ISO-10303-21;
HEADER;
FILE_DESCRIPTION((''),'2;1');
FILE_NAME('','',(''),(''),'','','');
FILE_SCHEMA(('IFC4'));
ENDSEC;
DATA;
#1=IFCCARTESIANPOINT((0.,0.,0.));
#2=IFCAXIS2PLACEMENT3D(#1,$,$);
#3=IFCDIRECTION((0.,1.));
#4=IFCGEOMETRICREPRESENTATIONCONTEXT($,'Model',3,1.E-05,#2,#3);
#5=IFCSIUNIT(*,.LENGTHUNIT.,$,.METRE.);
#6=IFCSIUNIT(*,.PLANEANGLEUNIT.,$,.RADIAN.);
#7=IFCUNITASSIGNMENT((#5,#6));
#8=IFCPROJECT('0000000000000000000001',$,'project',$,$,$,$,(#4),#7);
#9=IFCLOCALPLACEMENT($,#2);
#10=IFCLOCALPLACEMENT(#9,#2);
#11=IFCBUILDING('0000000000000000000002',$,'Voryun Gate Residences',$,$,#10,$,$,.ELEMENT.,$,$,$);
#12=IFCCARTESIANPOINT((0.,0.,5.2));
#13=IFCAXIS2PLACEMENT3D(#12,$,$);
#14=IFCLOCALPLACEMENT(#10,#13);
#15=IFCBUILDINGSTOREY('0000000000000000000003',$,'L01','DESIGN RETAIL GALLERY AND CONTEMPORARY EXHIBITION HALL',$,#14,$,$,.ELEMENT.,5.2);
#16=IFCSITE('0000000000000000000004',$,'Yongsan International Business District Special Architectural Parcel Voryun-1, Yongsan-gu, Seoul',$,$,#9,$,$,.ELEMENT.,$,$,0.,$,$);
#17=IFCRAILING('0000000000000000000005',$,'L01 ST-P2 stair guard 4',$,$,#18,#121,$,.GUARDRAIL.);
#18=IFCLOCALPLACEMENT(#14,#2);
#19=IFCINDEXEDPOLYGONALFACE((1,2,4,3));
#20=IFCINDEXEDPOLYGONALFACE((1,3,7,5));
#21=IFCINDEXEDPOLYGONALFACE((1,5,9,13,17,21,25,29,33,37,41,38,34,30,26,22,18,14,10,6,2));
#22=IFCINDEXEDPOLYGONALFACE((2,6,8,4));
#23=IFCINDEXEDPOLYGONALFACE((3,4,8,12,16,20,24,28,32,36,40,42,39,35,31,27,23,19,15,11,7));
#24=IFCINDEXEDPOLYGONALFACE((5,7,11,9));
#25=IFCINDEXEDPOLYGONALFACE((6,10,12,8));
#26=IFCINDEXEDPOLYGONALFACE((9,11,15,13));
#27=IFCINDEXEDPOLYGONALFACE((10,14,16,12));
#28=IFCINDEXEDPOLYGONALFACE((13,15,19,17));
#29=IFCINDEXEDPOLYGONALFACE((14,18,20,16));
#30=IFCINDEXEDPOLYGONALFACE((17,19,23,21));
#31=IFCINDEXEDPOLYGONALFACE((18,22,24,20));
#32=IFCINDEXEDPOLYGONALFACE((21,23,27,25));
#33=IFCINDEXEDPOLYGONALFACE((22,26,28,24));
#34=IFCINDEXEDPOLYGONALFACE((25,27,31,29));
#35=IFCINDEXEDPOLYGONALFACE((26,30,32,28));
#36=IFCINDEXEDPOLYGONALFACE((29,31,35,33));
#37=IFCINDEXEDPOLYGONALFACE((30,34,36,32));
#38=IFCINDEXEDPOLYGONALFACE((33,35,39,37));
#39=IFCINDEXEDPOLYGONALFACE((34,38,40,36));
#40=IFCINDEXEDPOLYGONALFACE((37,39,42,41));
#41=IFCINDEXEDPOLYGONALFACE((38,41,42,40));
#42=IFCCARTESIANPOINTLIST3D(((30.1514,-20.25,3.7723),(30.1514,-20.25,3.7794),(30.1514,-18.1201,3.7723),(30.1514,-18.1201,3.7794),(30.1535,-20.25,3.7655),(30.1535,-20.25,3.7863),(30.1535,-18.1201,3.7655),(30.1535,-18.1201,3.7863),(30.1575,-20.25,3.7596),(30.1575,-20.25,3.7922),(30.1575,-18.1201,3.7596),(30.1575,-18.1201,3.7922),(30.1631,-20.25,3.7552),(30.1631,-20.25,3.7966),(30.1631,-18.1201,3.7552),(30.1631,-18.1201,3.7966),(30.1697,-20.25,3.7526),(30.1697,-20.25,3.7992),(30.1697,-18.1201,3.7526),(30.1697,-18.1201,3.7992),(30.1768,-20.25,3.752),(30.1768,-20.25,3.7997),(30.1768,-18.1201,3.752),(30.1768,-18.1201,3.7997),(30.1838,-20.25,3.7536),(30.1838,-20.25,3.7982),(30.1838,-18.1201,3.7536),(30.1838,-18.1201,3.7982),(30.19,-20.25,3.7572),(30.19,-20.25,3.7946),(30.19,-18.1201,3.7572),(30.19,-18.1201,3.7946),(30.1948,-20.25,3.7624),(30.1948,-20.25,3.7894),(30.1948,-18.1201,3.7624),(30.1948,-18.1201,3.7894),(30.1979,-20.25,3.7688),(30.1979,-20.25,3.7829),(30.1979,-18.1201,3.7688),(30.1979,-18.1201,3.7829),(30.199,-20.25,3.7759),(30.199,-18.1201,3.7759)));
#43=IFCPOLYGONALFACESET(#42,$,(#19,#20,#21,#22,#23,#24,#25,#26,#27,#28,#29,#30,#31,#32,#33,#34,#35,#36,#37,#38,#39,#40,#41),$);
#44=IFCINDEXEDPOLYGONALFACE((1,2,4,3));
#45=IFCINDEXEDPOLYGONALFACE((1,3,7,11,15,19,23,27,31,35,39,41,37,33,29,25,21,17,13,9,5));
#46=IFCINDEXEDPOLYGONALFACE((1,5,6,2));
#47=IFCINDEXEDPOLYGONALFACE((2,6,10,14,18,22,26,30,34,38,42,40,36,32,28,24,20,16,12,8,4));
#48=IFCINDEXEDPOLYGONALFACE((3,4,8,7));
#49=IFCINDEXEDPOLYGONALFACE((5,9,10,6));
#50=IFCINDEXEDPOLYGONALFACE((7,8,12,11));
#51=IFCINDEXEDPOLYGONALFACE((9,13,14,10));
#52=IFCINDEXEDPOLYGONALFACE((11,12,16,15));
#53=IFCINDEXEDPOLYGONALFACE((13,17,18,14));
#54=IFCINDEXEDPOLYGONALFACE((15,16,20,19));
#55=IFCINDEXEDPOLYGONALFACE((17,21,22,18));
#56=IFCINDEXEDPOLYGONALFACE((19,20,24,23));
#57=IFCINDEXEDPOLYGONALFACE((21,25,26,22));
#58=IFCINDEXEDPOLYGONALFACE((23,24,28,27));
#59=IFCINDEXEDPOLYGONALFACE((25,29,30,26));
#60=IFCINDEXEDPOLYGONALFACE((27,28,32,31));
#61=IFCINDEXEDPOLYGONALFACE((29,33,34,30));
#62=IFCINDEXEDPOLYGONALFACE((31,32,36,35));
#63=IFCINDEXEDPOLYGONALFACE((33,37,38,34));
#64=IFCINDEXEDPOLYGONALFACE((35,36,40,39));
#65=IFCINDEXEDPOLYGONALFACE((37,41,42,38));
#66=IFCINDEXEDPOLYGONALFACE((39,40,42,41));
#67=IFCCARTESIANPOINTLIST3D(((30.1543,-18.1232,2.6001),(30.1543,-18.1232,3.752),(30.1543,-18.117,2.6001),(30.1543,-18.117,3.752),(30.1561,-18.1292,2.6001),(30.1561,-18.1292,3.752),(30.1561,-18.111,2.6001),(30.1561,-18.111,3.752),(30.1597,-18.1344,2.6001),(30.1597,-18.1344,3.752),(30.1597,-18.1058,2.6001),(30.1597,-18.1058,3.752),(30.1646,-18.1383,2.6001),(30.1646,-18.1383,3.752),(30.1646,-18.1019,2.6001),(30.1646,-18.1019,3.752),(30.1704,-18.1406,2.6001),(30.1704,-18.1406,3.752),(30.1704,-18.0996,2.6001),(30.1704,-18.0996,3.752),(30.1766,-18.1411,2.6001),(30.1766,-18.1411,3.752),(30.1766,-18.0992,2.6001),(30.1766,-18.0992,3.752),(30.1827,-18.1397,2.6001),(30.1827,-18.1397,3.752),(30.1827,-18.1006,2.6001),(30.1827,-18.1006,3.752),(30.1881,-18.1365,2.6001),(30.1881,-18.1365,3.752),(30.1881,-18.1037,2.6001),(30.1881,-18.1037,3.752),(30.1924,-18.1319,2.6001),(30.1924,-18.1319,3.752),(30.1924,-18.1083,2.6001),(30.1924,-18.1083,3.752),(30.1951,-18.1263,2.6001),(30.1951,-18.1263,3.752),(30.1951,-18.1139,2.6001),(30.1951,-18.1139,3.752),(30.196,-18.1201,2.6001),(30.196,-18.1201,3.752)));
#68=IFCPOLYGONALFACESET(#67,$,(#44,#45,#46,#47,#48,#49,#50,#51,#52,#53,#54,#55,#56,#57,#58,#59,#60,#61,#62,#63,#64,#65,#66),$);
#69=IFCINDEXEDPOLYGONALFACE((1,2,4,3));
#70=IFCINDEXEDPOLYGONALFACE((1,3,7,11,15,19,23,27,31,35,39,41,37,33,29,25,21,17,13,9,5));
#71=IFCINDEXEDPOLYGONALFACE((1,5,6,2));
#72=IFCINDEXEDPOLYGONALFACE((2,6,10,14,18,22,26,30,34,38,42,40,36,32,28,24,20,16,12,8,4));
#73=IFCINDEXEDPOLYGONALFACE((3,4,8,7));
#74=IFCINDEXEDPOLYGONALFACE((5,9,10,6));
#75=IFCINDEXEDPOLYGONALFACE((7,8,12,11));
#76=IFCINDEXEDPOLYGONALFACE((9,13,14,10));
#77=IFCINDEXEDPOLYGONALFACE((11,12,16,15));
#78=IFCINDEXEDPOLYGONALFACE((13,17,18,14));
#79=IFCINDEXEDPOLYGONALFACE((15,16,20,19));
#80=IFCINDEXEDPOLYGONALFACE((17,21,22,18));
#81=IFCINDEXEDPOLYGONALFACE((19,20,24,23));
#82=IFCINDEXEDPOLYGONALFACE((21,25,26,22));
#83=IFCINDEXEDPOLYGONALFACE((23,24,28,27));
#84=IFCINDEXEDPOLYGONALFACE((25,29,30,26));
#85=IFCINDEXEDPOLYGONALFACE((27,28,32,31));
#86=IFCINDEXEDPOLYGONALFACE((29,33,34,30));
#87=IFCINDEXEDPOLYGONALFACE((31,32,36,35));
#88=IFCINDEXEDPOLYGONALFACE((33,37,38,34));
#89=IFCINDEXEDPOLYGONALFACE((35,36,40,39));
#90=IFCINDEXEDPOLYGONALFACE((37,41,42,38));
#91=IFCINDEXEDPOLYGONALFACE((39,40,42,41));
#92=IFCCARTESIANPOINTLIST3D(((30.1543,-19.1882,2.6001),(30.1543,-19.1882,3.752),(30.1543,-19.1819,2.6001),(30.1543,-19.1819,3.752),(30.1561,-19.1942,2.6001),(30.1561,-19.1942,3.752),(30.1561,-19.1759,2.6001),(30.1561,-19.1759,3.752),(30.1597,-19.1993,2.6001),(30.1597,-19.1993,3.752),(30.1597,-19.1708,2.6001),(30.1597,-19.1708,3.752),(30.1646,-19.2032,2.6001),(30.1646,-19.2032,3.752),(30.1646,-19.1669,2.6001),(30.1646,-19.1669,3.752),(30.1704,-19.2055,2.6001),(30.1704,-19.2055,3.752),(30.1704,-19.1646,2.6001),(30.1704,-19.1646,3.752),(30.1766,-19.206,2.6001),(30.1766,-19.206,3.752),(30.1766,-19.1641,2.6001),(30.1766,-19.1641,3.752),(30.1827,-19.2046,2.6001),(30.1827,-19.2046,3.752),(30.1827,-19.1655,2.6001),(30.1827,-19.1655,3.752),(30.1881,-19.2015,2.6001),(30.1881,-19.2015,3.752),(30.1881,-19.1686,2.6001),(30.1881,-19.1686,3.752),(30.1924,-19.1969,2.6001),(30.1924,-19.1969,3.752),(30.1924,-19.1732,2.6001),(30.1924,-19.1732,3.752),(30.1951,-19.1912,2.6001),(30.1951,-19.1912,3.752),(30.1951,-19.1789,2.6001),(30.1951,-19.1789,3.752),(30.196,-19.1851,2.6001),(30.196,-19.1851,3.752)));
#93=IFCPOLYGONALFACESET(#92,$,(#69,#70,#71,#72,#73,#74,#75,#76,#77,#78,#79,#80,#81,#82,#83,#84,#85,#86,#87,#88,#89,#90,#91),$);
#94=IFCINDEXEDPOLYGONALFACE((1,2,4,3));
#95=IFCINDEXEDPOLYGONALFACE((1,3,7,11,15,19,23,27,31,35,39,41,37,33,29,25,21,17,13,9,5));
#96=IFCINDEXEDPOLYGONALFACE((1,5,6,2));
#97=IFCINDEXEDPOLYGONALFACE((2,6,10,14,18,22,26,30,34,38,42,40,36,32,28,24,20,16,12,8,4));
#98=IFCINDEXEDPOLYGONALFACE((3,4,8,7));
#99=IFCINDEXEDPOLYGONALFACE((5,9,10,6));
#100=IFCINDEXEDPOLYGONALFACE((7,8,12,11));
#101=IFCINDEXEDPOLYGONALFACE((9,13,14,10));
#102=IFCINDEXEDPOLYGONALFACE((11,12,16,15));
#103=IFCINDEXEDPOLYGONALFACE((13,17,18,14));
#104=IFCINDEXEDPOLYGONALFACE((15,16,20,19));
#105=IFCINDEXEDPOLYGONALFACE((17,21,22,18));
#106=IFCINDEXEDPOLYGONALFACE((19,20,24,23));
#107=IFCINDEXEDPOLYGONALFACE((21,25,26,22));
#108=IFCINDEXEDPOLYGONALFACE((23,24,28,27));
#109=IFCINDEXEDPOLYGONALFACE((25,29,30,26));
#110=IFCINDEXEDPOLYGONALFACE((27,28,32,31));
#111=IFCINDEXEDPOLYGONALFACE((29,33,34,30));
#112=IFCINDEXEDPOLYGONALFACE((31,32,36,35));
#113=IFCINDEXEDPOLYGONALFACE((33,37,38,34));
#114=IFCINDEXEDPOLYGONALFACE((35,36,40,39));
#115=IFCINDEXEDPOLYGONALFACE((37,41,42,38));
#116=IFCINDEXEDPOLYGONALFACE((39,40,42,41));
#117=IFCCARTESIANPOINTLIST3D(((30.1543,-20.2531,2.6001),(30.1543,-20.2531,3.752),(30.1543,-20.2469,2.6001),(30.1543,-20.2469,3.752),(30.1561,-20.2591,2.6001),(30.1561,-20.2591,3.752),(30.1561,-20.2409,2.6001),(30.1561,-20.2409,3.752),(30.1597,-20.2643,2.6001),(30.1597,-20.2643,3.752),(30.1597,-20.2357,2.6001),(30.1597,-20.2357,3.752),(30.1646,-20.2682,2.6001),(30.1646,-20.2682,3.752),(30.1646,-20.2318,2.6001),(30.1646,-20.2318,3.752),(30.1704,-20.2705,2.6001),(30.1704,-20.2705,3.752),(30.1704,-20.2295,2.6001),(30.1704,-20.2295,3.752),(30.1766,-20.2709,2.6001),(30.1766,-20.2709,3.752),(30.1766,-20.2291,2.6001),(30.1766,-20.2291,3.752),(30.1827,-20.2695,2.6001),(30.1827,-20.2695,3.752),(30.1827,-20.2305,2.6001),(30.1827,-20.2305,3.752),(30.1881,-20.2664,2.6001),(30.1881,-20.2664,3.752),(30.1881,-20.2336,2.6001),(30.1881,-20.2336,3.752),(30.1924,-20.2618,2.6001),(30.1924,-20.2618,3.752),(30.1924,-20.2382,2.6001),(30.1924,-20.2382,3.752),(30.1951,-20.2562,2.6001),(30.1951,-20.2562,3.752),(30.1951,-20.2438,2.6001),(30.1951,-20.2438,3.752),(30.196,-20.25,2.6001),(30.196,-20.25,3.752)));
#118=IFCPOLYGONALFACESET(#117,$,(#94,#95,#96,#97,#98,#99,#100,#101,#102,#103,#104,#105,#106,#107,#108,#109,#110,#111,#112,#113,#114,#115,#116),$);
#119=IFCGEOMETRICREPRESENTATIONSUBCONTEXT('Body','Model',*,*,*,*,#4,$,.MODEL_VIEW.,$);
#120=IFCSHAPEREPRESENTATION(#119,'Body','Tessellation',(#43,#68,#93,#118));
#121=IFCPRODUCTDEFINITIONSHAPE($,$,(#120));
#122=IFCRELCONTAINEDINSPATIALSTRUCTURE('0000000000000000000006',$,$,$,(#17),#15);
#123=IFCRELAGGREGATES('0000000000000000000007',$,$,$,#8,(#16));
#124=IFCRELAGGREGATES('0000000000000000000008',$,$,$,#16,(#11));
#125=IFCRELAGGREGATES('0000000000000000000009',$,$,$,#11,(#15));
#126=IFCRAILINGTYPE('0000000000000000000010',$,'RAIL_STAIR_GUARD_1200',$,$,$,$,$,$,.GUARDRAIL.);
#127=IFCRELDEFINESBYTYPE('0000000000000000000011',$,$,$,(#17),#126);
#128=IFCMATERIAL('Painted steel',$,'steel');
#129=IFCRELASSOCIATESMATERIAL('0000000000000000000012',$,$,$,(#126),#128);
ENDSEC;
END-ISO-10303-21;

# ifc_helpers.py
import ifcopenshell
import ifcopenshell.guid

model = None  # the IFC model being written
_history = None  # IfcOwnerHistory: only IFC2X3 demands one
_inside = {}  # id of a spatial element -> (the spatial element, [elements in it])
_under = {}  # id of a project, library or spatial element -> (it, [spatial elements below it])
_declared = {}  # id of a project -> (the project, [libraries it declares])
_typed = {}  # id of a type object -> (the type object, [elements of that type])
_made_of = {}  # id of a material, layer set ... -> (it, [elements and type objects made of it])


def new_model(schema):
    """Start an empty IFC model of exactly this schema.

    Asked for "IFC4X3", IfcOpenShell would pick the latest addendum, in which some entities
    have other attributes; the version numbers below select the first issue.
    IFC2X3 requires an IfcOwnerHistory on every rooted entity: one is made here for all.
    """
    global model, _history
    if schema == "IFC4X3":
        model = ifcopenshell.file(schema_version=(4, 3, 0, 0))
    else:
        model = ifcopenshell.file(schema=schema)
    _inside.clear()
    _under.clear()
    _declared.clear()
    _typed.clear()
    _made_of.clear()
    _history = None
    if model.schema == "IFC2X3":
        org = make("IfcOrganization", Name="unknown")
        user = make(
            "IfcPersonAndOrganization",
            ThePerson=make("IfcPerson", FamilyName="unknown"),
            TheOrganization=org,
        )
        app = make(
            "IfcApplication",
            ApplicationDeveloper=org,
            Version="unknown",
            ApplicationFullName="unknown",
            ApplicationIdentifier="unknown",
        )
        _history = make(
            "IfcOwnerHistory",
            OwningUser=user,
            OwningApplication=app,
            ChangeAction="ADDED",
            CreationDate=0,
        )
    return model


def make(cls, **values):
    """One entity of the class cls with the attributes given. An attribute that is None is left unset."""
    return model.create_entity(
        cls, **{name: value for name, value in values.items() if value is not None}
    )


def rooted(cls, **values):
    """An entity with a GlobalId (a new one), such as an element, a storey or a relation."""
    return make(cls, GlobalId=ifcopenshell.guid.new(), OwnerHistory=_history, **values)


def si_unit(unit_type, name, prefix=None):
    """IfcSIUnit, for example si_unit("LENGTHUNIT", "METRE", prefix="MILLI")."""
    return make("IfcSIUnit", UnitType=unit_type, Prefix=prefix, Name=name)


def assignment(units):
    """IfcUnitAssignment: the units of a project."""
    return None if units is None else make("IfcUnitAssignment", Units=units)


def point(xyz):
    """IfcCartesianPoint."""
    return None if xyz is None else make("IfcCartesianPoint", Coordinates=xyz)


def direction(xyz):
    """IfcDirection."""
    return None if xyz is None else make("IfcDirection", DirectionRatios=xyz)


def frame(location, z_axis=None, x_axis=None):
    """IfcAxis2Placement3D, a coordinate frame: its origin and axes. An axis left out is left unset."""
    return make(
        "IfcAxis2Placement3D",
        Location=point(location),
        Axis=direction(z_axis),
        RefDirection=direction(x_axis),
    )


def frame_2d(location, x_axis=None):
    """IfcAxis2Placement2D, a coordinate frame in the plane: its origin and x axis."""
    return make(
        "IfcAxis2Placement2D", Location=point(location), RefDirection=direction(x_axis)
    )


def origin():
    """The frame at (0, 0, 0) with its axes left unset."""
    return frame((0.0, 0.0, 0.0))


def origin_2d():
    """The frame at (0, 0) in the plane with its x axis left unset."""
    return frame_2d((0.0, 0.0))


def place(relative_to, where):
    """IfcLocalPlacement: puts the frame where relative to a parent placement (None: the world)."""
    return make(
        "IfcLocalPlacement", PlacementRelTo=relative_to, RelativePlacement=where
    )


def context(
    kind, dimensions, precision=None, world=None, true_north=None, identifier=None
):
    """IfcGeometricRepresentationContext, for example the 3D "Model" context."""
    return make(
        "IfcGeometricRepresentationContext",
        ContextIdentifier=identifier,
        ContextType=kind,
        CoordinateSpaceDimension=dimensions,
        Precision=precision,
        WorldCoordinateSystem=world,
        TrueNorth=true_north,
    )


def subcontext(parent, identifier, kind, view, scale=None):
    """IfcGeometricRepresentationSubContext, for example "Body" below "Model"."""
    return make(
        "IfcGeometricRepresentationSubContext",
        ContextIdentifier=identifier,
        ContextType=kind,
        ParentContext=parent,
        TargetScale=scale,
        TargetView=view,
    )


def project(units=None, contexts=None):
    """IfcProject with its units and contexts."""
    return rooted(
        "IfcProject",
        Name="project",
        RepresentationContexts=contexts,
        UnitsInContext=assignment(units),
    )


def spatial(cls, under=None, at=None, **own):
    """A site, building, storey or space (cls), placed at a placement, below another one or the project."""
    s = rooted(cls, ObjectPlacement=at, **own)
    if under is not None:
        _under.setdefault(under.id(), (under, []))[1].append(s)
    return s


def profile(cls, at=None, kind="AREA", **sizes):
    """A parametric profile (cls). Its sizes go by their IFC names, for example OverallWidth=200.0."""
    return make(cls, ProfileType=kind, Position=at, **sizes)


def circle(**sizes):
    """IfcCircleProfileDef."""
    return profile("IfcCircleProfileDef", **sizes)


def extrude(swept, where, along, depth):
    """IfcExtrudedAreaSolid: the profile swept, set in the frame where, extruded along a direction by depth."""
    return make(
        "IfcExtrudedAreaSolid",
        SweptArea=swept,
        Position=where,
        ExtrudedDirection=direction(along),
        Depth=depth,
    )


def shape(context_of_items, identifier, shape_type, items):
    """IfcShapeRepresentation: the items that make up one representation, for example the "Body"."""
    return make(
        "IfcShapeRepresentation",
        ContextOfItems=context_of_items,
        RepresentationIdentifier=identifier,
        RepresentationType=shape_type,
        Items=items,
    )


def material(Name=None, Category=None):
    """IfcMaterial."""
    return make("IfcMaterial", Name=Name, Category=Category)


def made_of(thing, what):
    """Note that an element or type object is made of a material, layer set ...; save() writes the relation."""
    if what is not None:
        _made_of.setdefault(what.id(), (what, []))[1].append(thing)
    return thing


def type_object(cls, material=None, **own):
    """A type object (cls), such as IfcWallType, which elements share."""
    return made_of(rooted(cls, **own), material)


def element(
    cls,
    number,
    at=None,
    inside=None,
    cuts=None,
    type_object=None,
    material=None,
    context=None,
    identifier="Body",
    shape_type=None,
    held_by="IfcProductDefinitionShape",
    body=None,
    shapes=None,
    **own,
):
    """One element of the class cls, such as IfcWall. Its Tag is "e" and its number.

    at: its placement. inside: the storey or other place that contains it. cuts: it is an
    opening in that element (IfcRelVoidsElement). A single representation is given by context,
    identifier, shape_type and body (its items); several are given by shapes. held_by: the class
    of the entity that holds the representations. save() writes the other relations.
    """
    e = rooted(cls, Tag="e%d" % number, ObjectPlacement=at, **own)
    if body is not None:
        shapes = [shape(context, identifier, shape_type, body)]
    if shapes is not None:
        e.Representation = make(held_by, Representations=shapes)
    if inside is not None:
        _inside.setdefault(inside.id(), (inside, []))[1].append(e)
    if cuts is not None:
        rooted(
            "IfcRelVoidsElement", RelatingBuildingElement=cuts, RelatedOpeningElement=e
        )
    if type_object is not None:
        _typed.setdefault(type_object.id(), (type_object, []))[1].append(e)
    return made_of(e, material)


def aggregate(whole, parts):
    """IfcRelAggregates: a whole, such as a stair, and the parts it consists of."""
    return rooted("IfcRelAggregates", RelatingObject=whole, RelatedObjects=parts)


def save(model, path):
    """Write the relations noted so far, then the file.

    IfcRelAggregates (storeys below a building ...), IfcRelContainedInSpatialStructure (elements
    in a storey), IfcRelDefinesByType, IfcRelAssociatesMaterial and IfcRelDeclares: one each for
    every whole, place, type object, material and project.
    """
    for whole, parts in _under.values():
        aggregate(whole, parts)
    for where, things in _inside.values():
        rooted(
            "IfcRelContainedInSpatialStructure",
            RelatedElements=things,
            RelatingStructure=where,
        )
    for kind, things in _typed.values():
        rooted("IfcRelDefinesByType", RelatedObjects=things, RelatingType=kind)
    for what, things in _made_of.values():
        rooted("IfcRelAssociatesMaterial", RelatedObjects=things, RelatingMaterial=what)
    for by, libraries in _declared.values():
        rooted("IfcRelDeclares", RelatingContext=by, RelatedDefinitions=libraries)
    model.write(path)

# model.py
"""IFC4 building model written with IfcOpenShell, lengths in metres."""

from ifc_helpers import new_model, si_unit, direction, frame, origin, origin_2d, place, context, subcontext, project, spatial, circle, extrude, material, type_object, element, save


model = new_model("IFC4")

# Units and contexts
model_context = context("Model", 3, precision=1e-05, world=origin(), true_north=direction((0.0, 1.0)))
body_context = subcontext(model_context, "Body", "Model", "MODEL_VIEW")
ifc_project = project(units=[si_unit("LENGTHUNIT", "METRE"), si_unit("PLANEANGLEUNIT", "RADIAN")], contexts=[model_context])

# Site, building, storey
site_placement = place(None, origin())
site = spatial("IfcSite", under=ifc_project, at=site_placement, Name="Yongsan International Business District Special Architectural Parcel Voryun-1, Yongsan-gu, Seoul", CompositionType="ELEMENT", RefElevation=0.0)
building_placement = place(site_placement, origin())
building = spatial("IfcBuilding", under=site, at=building_placement, Name="Voryun Gate Residences", CompositionType="ELEMENT")
storey_placement = place(building_placement, frame((0.0, 0.0, 5.2)))
storey = spatial("IfcBuildingStorey", under=building, at=storey_placement, Name="L01", Description="DESIGN RETAIL GALLERY AND CONTEMPORARY EXHIBITION HALL", CompositionType="ELEMENT", Elevation=5.2)

# Railing
ifc_material_1 = material(Name="Painted steel", Category="steel")
railing_type_1 = type_object("IfcRailingType", Name="RAIL_STAIR_GUARD_1200", PredefinedType="GUARDRAIL", material=ifc_material_1)
for number, where, name in (
    (1, (30.175, -18.1201, 2.6001), "L01 ST-P2 stair guard 4"),
):
    element("IfcRailing", number, at=place(storey_placement, frame(where)), inside=storey, type_object=railing_type_1, Name=name, PredefinedType="GUARDRAIL", context=body_context, shape_type="SweptSolid", body=[
        extrude(circle(Radius=0.0239, at=origin_2d()), frame((0.0, 0.0, 1.1758), z_axis=(0.0, -1.0, 0.0), x_axis=(1.0, 0.0, 0.0)), (0.0, 0.0, 1.0), 2.1299),
        extrude(circle(Radius=0.021, at=origin_2d()), origin(), (0.0, 0.0, 1.0), 1.1519),
        extrude(circle(Radius=0.021, at=origin_2d()), frame((0.0, -1.0649, 0.0)), (0.0, 0.0, 1.0), 1.1519),
        extrude(circle(Radius=0.021, at=origin_2d()), frame((0.0, -2.1299, 0.0)), (0.0, 0.0, 1.0), 1.1519),
    ])

save(model, "model.ifc")
